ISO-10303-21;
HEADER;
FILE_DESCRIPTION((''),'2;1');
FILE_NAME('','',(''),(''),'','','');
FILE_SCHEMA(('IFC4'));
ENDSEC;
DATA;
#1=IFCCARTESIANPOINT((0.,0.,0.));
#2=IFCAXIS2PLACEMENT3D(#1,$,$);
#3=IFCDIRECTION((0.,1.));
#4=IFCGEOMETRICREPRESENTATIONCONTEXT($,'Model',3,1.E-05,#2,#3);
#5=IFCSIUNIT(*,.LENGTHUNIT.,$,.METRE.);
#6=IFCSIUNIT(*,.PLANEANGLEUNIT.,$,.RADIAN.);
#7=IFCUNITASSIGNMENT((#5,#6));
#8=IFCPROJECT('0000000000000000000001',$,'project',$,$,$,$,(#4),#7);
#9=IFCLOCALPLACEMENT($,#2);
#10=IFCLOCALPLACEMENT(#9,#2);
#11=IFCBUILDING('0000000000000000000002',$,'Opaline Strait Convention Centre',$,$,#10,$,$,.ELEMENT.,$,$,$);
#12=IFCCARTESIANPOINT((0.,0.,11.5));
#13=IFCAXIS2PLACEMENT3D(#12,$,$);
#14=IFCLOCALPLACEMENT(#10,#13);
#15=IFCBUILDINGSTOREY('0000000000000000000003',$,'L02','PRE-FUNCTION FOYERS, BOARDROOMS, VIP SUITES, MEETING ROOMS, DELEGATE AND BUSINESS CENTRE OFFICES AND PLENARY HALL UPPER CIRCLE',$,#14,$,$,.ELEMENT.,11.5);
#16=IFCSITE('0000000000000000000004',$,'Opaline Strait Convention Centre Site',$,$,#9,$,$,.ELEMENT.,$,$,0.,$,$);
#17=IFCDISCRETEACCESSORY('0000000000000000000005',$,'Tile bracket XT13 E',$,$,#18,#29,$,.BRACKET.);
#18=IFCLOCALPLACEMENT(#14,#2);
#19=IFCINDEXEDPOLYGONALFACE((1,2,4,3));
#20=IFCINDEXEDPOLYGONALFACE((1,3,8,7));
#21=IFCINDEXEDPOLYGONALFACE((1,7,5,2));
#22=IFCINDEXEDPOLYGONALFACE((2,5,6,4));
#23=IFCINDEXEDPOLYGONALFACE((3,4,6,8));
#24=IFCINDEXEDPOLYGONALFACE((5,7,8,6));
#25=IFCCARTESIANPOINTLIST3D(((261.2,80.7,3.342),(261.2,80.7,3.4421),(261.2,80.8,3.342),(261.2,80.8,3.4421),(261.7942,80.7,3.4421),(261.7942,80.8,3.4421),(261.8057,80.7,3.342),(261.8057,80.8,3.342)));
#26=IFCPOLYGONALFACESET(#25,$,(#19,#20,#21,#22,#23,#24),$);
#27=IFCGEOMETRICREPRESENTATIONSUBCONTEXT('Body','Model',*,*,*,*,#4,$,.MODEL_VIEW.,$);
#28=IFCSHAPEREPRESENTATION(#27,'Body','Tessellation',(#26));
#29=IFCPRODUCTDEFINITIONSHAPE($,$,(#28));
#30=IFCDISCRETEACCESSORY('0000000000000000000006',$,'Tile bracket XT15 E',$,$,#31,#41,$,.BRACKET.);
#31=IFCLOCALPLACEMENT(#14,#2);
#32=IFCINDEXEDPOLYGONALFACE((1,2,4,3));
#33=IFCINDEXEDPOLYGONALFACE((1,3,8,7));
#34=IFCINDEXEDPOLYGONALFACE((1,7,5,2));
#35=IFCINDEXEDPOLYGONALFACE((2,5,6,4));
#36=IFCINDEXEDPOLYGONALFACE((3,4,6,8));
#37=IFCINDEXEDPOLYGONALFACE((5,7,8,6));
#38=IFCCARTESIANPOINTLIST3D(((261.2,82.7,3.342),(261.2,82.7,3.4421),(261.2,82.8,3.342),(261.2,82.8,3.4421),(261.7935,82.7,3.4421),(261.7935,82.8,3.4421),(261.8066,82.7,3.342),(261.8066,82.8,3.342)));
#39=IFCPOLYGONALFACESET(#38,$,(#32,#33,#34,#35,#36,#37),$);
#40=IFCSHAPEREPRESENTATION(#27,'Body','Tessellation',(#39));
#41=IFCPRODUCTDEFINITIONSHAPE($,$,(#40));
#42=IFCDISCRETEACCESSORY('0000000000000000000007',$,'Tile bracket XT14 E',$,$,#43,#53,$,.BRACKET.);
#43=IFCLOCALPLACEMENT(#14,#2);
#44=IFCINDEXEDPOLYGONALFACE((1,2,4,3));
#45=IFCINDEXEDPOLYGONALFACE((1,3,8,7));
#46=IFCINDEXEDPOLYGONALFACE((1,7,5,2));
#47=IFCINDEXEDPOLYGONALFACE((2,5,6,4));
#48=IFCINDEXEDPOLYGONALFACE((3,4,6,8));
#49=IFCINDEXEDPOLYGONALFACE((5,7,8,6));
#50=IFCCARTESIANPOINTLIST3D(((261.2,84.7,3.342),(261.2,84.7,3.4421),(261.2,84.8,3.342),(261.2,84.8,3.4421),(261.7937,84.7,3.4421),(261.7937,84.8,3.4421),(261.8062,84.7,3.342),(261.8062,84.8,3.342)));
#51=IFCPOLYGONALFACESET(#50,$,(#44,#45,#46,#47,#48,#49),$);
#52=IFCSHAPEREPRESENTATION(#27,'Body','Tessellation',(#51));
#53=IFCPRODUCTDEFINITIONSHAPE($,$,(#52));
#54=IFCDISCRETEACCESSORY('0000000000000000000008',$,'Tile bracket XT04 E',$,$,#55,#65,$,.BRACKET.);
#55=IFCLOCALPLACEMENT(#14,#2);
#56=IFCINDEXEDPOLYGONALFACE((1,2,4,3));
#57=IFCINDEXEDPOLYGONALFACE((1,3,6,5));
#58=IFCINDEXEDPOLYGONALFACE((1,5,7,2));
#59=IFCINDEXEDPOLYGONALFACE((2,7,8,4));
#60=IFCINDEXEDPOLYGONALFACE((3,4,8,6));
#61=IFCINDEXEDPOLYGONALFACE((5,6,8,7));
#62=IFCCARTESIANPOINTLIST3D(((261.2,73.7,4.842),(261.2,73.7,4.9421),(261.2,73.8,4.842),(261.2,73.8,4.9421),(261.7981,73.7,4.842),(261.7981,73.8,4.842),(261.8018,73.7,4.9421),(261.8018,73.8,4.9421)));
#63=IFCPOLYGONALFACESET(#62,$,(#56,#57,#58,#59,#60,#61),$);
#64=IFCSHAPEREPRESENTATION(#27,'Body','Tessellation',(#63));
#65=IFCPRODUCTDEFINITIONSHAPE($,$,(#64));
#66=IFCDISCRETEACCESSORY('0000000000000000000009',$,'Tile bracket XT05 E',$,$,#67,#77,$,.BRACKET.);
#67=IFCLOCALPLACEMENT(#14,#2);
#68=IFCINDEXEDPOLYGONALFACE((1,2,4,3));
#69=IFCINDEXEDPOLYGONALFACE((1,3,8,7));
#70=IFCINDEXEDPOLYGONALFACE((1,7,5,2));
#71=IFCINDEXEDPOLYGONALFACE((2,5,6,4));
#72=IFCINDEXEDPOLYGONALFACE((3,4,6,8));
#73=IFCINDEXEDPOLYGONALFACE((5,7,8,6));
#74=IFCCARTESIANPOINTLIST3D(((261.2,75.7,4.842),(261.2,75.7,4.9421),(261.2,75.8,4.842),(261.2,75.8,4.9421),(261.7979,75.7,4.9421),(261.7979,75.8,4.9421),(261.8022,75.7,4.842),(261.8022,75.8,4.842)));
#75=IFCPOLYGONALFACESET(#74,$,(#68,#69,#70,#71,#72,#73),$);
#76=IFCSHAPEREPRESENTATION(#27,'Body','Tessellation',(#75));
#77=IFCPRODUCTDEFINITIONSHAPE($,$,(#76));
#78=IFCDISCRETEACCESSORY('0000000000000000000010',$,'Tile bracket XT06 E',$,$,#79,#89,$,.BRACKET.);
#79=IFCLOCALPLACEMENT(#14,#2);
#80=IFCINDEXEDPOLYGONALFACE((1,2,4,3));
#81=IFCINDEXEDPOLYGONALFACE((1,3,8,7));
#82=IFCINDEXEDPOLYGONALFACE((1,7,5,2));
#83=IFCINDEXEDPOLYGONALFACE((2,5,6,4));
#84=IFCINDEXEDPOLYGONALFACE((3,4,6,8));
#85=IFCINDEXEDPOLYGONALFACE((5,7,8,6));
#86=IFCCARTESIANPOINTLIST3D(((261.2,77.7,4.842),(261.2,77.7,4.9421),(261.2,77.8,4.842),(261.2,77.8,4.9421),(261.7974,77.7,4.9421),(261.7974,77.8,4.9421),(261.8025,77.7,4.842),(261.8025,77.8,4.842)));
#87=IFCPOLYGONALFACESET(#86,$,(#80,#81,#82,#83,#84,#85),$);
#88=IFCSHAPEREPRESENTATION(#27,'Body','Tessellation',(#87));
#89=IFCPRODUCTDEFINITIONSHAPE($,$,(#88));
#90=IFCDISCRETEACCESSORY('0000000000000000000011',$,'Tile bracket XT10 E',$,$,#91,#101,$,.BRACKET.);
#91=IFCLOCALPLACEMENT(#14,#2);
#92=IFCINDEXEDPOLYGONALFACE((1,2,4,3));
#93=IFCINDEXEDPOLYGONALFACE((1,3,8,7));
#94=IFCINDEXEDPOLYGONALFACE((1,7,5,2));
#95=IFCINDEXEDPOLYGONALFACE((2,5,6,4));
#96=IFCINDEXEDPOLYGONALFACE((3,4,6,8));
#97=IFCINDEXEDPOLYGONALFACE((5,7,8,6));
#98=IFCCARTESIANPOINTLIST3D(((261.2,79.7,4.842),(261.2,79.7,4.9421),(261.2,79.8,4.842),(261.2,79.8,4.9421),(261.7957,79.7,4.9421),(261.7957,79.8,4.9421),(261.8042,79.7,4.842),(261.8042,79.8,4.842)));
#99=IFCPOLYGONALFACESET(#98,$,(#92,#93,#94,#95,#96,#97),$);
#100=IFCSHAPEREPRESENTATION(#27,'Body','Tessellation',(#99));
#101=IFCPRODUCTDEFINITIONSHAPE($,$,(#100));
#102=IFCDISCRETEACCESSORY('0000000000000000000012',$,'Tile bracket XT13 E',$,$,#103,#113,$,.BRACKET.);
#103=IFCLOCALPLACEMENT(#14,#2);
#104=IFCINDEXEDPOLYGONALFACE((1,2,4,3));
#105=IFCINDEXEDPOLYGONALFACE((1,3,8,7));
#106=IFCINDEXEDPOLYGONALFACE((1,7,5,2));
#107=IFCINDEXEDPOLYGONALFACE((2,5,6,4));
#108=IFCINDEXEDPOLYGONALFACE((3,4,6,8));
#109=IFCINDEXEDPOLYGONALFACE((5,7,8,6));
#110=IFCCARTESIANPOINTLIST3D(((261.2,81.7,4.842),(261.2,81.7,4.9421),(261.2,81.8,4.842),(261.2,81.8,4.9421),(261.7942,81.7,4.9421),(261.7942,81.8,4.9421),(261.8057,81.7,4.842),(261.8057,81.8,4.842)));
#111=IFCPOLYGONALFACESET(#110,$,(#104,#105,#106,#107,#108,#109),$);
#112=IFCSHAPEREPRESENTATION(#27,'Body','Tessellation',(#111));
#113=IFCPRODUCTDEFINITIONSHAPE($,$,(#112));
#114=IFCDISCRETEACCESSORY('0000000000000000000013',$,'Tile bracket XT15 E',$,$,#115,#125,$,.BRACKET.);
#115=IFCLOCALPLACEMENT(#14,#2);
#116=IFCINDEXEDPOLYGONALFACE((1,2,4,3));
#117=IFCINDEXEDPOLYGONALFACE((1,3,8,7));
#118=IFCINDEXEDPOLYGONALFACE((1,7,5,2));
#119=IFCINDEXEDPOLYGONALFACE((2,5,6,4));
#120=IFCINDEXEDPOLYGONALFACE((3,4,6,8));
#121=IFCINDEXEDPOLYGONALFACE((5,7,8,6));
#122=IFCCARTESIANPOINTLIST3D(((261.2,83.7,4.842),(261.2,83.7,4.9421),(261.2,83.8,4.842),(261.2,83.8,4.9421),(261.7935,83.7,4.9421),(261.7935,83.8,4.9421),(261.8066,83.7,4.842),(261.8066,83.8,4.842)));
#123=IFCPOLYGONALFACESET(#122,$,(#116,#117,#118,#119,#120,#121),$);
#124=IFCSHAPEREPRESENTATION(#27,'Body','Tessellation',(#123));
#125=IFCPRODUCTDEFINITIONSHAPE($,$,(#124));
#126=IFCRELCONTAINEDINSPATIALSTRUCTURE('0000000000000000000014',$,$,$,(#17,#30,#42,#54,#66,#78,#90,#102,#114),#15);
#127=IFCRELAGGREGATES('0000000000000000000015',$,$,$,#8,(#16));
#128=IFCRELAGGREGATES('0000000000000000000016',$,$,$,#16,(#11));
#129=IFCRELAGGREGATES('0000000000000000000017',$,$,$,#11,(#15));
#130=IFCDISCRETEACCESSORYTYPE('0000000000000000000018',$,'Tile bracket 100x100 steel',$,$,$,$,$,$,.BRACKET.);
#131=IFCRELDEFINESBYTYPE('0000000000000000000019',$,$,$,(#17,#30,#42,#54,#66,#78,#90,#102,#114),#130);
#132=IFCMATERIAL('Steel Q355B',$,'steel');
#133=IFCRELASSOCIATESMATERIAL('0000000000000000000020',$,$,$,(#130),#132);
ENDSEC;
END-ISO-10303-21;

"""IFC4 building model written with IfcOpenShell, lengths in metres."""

from ifc_helpers import new_model, si_unit, direction, frame, origin, place, context, subcontext, project, spatial, polyline, outline, extrude, material, type_object, element, save


model = new_model("IFC4")

# Units and contexts
model_context = context("Model", 3, precision=1e-05, world=origin(), true_north=direction((0.0, 1.0)))
body_context = subcontext(model_context, "Body", "Model", "MODEL_VIEW")
ifc_project = project(units=[si_unit("LENGTHUNIT", "METRE"), si_unit("PLANEANGLEUNIT", "RADIAN")], contexts=[model_context])

# Site, building, storey
site_placement = place(None, origin())
site = spatial("IfcSite", under=ifc_project, at=site_placement, Name="Opaline Strait Convention Centre Site", CompositionType="ELEMENT", RefElevation=0.0)
building_placement = place(site_placement, origin())
building = spatial("IfcBuilding", under=site, at=building_placement, Name="Opaline Strait Convention Centre", CompositionType="ELEMENT")
storey_placement = place(building_placement, frame((0.0, 0.0, 11.5)))
storey = spatial("IfcBuildingStorey", under=building, at=storey_placement, Name="L02", Description="PRE-FUNCTION FOYERS, BOARDROOMS, VIP SUITES, MEETING ROOMS, DELEGATE AND BUSINESS CENTRE OFFICES AND PLENARY HALL UPPER CIRCLE", CompositionType="ELEMENT", Elevation=11.5)

# Discrete accessories
ifc_material = material(Name="Steel Q355B", Category="steel")
discrete_accessory_type = type_object("IfcDiscreteAccessoryType", Name="Tile bracket 100x100 steel", PredefinedType="BRACKET", material=ifc_material)
discrete_accessory_1_placement = place(storey_placement, frame((261.2, 80.7, 3.3921), z_axis=(0.0, 1.0, 0.0), x_axis=(-1.0, 0.0, 0.0)))
element("IfcDiscreteAccessory", 1, at=discrete_accessory_1_placement, inside=storey, type_object=discrete_accessory_type, Name="Tile bracket XT13 E", PredefinedType="BRACKET", context=body_context, shape_type="SweptSolid", body=[
    extrude(outline(polyline([(0.0, -0.05), (0.0, 0.05), (-0.5942, 0.05), (-0.6057, -0.05), (0.0, -0.05)])), origin(), (0.0, 0.0, 1.0), 0.1001),
])
discrete_accessory_2_placement = place(storey_placement, frame((261.2, 82.7, 3.3921), z_axis=(0.0, 1.0, 0.0), x_axis=(-1.0, 0.0, 0.0)))
element("IfcDiscreteAccessory", 2, at=discrete_accessory_2_placement, inside=storey, type_object=discrete_accessory_type, Name="Tile bracket XT15 E", PredefinedType="BRACKET", context=body_context, shape_type="SweptSolid", body=[
    extrude(outline(polyline([(0.0, -0.05), (0.0, 0.05), (-0.5935, 0.05), (-0.6067, -0.05), (0.0, -0.05)])), origin(), (0.0, 0.0, 1.0), 0.1001),
])
discrete_accessory_3_placement = place(storey_placement, frame((261.2, 84.7, 3.3921), z_axis=(0.0, 1.0, 0.0), x_axis=(-1.0, 0.0, 0.0)))
element("IfcDiscreteAccessory", 3, at=discrete_accessory_3_placement, inside=storey, type_object=discrete_accessory_type, Name="Tile bracket XT14 E", PredefinedType="BRACKET", context=body_context, shape_type="SweptSolid", body=[
    extrude(outline(polyline([(0.0, -0.05), (0.0, 0.05), (-0.5938, 0.05), (-0.6062, -0.05), (0.0, -0.05)])), origin(), (0.0, 0.0, 1.0), 0.1001),
])
discrete_accessory_4_placement = place(storey_placement, frame((261.2, 73.7, 4.8921), z_axis=(0.0, 1.0, 0.0), x_axis=(-1.0, 0.0, 0.0)))
element("IfcDiscreteAccessory", 4, at=discrete_accessory_4_placement, inside=storey, type_object=discrete_accessory_type, Name="Tile bracket XT04 E", PredefinedType="BRACKET", context=body_context, shape_type="SweptSolid", body=[
    extrude(outline(polyline([(0.0, -0.05), (0.0, 0.05), (-0.6018, 0.05), (-0.5981, -0.05), (0.0, -0.05)])), origin(), (0.0, 0.0, 1.0), 0.1001),
])
discrete_accessory_5_placement = place(storey_placement, frame((261.2, 75.7, 4.8921), z_axis=(0.0, 1.0, 0.0), x_axis=(-1.0, 0.0, 0.0)))
element("IfcDiscreteAccessory", 5, at=discrete_accessory_5_placement, inside=storey, type_object=discrete_accessory_type, Name="Tile bracket XT05 E", PredefinedType="BRACKET", context=body_context, shape_type="SweptSolid", body=[
    extrude(outline(polyline([(0.0, -0.05), (0.0, 0.05), (-0.5979, 0.05), (-0.6023, -0.05), (0.0, -0.05)])), origin(), (0.0, 0.0, 1.0), 0.1001),
])
discrete_accessory_6_placement = place(storey_placement, frame((261.2, 77.7, 4.8921), z_axis=(0.0, 1.0, 0.0), x_axis=(-1.0, 0.0, 0.0)))
element("IfcDiscreteAccessory", 6, at=discrete_accessory_6_placement, inside=storey, type_object=discrete_accessory_type, Name="Tile bracket XT06 E", PredefinedType="BRACKET", context=body_context, shape_type="SweptSolid", body=[
    extrude(outline(polyline([(0.0, -0.05), (0.0, 0.05), (-0.5974, 0.05), (-0.6025, -0.05), (0.0, -0.05)])), origin(), (0.0, 0.0, 1.0), 0.1001),
])
discrete_accessory_7_placement = place(storey_placement, frame((261.2, 79.7, 4.8921), z_axis=(0.0, 1.0, 0.0), x_axis=(-1.0, 0.0, 0.0)))
element("IfcDiscreteAccessory", 7, at=discrete_accessory_7_placement, inside=storey, type_object=discrete_accessory_type, Name="Tile bracket XT10 E", PredefinedType="BRACKET", context=body_context, shape_type="SweptSolid", body=[
    extrude(outline(polyline([(0.0, -0.05), (0.0, 0.05), (-0.5957, 0.05), (-0.6042, -0.05), (0.0, -0.05)])), origin(), (0.0, 0.0, 1.0), 0.1001),
])
discrete_accessory_8_placement = place(storey_placement, frame((261.2, 81.7, 4.8921), z_axis=(0.0, 1.0, 0.0), x_axis=(-1.0, 0.0, 0.0)))
element("IfcDiscreteAccessory", 8, at=discrete_accessory_8_placement, inside=storey, type_object=discrete_accessory_type, Name="Tile bracket XT13 E", PredefinedType="BRACKET", context=body_context, shape_type="SweptSolid", body=[
    extrude(outline(polyline([(0.0, -0.05), (0.0, 0.05), (-0.5942, 0.05), (-0.6057, -0.05), (0.0, -0.05)])), origin(), (0.0, 0.0, 1.0), 0.1001),
])
discrete_accessory_9_placement = place(storey_placement, frame((261.2, 83.7, 4.8921), z_axis=(0.0, 1.0, 0.0), x_axis=(-1.0, 0.0, 0.0)))
element("IfcDiscreteAccessory", 9, at=discrete_accessory_9_placement, inside=storey, type_object=discrete_accessory_type, Name="Tile bracket XT15 E", PredefinedType="BRACKET", context=body_context, shape_type="SweptSolid", body=[
    extrude(outline(polyline([(0.0, -0.05), (0.0, 0.05), (-0.5935, 0.05), (-0.6067, -0.05), (0.0, -0.05)])), origin(), (0.0, 0.0, 1.0), 0.1001),
])

save(model, "model.ifc")
